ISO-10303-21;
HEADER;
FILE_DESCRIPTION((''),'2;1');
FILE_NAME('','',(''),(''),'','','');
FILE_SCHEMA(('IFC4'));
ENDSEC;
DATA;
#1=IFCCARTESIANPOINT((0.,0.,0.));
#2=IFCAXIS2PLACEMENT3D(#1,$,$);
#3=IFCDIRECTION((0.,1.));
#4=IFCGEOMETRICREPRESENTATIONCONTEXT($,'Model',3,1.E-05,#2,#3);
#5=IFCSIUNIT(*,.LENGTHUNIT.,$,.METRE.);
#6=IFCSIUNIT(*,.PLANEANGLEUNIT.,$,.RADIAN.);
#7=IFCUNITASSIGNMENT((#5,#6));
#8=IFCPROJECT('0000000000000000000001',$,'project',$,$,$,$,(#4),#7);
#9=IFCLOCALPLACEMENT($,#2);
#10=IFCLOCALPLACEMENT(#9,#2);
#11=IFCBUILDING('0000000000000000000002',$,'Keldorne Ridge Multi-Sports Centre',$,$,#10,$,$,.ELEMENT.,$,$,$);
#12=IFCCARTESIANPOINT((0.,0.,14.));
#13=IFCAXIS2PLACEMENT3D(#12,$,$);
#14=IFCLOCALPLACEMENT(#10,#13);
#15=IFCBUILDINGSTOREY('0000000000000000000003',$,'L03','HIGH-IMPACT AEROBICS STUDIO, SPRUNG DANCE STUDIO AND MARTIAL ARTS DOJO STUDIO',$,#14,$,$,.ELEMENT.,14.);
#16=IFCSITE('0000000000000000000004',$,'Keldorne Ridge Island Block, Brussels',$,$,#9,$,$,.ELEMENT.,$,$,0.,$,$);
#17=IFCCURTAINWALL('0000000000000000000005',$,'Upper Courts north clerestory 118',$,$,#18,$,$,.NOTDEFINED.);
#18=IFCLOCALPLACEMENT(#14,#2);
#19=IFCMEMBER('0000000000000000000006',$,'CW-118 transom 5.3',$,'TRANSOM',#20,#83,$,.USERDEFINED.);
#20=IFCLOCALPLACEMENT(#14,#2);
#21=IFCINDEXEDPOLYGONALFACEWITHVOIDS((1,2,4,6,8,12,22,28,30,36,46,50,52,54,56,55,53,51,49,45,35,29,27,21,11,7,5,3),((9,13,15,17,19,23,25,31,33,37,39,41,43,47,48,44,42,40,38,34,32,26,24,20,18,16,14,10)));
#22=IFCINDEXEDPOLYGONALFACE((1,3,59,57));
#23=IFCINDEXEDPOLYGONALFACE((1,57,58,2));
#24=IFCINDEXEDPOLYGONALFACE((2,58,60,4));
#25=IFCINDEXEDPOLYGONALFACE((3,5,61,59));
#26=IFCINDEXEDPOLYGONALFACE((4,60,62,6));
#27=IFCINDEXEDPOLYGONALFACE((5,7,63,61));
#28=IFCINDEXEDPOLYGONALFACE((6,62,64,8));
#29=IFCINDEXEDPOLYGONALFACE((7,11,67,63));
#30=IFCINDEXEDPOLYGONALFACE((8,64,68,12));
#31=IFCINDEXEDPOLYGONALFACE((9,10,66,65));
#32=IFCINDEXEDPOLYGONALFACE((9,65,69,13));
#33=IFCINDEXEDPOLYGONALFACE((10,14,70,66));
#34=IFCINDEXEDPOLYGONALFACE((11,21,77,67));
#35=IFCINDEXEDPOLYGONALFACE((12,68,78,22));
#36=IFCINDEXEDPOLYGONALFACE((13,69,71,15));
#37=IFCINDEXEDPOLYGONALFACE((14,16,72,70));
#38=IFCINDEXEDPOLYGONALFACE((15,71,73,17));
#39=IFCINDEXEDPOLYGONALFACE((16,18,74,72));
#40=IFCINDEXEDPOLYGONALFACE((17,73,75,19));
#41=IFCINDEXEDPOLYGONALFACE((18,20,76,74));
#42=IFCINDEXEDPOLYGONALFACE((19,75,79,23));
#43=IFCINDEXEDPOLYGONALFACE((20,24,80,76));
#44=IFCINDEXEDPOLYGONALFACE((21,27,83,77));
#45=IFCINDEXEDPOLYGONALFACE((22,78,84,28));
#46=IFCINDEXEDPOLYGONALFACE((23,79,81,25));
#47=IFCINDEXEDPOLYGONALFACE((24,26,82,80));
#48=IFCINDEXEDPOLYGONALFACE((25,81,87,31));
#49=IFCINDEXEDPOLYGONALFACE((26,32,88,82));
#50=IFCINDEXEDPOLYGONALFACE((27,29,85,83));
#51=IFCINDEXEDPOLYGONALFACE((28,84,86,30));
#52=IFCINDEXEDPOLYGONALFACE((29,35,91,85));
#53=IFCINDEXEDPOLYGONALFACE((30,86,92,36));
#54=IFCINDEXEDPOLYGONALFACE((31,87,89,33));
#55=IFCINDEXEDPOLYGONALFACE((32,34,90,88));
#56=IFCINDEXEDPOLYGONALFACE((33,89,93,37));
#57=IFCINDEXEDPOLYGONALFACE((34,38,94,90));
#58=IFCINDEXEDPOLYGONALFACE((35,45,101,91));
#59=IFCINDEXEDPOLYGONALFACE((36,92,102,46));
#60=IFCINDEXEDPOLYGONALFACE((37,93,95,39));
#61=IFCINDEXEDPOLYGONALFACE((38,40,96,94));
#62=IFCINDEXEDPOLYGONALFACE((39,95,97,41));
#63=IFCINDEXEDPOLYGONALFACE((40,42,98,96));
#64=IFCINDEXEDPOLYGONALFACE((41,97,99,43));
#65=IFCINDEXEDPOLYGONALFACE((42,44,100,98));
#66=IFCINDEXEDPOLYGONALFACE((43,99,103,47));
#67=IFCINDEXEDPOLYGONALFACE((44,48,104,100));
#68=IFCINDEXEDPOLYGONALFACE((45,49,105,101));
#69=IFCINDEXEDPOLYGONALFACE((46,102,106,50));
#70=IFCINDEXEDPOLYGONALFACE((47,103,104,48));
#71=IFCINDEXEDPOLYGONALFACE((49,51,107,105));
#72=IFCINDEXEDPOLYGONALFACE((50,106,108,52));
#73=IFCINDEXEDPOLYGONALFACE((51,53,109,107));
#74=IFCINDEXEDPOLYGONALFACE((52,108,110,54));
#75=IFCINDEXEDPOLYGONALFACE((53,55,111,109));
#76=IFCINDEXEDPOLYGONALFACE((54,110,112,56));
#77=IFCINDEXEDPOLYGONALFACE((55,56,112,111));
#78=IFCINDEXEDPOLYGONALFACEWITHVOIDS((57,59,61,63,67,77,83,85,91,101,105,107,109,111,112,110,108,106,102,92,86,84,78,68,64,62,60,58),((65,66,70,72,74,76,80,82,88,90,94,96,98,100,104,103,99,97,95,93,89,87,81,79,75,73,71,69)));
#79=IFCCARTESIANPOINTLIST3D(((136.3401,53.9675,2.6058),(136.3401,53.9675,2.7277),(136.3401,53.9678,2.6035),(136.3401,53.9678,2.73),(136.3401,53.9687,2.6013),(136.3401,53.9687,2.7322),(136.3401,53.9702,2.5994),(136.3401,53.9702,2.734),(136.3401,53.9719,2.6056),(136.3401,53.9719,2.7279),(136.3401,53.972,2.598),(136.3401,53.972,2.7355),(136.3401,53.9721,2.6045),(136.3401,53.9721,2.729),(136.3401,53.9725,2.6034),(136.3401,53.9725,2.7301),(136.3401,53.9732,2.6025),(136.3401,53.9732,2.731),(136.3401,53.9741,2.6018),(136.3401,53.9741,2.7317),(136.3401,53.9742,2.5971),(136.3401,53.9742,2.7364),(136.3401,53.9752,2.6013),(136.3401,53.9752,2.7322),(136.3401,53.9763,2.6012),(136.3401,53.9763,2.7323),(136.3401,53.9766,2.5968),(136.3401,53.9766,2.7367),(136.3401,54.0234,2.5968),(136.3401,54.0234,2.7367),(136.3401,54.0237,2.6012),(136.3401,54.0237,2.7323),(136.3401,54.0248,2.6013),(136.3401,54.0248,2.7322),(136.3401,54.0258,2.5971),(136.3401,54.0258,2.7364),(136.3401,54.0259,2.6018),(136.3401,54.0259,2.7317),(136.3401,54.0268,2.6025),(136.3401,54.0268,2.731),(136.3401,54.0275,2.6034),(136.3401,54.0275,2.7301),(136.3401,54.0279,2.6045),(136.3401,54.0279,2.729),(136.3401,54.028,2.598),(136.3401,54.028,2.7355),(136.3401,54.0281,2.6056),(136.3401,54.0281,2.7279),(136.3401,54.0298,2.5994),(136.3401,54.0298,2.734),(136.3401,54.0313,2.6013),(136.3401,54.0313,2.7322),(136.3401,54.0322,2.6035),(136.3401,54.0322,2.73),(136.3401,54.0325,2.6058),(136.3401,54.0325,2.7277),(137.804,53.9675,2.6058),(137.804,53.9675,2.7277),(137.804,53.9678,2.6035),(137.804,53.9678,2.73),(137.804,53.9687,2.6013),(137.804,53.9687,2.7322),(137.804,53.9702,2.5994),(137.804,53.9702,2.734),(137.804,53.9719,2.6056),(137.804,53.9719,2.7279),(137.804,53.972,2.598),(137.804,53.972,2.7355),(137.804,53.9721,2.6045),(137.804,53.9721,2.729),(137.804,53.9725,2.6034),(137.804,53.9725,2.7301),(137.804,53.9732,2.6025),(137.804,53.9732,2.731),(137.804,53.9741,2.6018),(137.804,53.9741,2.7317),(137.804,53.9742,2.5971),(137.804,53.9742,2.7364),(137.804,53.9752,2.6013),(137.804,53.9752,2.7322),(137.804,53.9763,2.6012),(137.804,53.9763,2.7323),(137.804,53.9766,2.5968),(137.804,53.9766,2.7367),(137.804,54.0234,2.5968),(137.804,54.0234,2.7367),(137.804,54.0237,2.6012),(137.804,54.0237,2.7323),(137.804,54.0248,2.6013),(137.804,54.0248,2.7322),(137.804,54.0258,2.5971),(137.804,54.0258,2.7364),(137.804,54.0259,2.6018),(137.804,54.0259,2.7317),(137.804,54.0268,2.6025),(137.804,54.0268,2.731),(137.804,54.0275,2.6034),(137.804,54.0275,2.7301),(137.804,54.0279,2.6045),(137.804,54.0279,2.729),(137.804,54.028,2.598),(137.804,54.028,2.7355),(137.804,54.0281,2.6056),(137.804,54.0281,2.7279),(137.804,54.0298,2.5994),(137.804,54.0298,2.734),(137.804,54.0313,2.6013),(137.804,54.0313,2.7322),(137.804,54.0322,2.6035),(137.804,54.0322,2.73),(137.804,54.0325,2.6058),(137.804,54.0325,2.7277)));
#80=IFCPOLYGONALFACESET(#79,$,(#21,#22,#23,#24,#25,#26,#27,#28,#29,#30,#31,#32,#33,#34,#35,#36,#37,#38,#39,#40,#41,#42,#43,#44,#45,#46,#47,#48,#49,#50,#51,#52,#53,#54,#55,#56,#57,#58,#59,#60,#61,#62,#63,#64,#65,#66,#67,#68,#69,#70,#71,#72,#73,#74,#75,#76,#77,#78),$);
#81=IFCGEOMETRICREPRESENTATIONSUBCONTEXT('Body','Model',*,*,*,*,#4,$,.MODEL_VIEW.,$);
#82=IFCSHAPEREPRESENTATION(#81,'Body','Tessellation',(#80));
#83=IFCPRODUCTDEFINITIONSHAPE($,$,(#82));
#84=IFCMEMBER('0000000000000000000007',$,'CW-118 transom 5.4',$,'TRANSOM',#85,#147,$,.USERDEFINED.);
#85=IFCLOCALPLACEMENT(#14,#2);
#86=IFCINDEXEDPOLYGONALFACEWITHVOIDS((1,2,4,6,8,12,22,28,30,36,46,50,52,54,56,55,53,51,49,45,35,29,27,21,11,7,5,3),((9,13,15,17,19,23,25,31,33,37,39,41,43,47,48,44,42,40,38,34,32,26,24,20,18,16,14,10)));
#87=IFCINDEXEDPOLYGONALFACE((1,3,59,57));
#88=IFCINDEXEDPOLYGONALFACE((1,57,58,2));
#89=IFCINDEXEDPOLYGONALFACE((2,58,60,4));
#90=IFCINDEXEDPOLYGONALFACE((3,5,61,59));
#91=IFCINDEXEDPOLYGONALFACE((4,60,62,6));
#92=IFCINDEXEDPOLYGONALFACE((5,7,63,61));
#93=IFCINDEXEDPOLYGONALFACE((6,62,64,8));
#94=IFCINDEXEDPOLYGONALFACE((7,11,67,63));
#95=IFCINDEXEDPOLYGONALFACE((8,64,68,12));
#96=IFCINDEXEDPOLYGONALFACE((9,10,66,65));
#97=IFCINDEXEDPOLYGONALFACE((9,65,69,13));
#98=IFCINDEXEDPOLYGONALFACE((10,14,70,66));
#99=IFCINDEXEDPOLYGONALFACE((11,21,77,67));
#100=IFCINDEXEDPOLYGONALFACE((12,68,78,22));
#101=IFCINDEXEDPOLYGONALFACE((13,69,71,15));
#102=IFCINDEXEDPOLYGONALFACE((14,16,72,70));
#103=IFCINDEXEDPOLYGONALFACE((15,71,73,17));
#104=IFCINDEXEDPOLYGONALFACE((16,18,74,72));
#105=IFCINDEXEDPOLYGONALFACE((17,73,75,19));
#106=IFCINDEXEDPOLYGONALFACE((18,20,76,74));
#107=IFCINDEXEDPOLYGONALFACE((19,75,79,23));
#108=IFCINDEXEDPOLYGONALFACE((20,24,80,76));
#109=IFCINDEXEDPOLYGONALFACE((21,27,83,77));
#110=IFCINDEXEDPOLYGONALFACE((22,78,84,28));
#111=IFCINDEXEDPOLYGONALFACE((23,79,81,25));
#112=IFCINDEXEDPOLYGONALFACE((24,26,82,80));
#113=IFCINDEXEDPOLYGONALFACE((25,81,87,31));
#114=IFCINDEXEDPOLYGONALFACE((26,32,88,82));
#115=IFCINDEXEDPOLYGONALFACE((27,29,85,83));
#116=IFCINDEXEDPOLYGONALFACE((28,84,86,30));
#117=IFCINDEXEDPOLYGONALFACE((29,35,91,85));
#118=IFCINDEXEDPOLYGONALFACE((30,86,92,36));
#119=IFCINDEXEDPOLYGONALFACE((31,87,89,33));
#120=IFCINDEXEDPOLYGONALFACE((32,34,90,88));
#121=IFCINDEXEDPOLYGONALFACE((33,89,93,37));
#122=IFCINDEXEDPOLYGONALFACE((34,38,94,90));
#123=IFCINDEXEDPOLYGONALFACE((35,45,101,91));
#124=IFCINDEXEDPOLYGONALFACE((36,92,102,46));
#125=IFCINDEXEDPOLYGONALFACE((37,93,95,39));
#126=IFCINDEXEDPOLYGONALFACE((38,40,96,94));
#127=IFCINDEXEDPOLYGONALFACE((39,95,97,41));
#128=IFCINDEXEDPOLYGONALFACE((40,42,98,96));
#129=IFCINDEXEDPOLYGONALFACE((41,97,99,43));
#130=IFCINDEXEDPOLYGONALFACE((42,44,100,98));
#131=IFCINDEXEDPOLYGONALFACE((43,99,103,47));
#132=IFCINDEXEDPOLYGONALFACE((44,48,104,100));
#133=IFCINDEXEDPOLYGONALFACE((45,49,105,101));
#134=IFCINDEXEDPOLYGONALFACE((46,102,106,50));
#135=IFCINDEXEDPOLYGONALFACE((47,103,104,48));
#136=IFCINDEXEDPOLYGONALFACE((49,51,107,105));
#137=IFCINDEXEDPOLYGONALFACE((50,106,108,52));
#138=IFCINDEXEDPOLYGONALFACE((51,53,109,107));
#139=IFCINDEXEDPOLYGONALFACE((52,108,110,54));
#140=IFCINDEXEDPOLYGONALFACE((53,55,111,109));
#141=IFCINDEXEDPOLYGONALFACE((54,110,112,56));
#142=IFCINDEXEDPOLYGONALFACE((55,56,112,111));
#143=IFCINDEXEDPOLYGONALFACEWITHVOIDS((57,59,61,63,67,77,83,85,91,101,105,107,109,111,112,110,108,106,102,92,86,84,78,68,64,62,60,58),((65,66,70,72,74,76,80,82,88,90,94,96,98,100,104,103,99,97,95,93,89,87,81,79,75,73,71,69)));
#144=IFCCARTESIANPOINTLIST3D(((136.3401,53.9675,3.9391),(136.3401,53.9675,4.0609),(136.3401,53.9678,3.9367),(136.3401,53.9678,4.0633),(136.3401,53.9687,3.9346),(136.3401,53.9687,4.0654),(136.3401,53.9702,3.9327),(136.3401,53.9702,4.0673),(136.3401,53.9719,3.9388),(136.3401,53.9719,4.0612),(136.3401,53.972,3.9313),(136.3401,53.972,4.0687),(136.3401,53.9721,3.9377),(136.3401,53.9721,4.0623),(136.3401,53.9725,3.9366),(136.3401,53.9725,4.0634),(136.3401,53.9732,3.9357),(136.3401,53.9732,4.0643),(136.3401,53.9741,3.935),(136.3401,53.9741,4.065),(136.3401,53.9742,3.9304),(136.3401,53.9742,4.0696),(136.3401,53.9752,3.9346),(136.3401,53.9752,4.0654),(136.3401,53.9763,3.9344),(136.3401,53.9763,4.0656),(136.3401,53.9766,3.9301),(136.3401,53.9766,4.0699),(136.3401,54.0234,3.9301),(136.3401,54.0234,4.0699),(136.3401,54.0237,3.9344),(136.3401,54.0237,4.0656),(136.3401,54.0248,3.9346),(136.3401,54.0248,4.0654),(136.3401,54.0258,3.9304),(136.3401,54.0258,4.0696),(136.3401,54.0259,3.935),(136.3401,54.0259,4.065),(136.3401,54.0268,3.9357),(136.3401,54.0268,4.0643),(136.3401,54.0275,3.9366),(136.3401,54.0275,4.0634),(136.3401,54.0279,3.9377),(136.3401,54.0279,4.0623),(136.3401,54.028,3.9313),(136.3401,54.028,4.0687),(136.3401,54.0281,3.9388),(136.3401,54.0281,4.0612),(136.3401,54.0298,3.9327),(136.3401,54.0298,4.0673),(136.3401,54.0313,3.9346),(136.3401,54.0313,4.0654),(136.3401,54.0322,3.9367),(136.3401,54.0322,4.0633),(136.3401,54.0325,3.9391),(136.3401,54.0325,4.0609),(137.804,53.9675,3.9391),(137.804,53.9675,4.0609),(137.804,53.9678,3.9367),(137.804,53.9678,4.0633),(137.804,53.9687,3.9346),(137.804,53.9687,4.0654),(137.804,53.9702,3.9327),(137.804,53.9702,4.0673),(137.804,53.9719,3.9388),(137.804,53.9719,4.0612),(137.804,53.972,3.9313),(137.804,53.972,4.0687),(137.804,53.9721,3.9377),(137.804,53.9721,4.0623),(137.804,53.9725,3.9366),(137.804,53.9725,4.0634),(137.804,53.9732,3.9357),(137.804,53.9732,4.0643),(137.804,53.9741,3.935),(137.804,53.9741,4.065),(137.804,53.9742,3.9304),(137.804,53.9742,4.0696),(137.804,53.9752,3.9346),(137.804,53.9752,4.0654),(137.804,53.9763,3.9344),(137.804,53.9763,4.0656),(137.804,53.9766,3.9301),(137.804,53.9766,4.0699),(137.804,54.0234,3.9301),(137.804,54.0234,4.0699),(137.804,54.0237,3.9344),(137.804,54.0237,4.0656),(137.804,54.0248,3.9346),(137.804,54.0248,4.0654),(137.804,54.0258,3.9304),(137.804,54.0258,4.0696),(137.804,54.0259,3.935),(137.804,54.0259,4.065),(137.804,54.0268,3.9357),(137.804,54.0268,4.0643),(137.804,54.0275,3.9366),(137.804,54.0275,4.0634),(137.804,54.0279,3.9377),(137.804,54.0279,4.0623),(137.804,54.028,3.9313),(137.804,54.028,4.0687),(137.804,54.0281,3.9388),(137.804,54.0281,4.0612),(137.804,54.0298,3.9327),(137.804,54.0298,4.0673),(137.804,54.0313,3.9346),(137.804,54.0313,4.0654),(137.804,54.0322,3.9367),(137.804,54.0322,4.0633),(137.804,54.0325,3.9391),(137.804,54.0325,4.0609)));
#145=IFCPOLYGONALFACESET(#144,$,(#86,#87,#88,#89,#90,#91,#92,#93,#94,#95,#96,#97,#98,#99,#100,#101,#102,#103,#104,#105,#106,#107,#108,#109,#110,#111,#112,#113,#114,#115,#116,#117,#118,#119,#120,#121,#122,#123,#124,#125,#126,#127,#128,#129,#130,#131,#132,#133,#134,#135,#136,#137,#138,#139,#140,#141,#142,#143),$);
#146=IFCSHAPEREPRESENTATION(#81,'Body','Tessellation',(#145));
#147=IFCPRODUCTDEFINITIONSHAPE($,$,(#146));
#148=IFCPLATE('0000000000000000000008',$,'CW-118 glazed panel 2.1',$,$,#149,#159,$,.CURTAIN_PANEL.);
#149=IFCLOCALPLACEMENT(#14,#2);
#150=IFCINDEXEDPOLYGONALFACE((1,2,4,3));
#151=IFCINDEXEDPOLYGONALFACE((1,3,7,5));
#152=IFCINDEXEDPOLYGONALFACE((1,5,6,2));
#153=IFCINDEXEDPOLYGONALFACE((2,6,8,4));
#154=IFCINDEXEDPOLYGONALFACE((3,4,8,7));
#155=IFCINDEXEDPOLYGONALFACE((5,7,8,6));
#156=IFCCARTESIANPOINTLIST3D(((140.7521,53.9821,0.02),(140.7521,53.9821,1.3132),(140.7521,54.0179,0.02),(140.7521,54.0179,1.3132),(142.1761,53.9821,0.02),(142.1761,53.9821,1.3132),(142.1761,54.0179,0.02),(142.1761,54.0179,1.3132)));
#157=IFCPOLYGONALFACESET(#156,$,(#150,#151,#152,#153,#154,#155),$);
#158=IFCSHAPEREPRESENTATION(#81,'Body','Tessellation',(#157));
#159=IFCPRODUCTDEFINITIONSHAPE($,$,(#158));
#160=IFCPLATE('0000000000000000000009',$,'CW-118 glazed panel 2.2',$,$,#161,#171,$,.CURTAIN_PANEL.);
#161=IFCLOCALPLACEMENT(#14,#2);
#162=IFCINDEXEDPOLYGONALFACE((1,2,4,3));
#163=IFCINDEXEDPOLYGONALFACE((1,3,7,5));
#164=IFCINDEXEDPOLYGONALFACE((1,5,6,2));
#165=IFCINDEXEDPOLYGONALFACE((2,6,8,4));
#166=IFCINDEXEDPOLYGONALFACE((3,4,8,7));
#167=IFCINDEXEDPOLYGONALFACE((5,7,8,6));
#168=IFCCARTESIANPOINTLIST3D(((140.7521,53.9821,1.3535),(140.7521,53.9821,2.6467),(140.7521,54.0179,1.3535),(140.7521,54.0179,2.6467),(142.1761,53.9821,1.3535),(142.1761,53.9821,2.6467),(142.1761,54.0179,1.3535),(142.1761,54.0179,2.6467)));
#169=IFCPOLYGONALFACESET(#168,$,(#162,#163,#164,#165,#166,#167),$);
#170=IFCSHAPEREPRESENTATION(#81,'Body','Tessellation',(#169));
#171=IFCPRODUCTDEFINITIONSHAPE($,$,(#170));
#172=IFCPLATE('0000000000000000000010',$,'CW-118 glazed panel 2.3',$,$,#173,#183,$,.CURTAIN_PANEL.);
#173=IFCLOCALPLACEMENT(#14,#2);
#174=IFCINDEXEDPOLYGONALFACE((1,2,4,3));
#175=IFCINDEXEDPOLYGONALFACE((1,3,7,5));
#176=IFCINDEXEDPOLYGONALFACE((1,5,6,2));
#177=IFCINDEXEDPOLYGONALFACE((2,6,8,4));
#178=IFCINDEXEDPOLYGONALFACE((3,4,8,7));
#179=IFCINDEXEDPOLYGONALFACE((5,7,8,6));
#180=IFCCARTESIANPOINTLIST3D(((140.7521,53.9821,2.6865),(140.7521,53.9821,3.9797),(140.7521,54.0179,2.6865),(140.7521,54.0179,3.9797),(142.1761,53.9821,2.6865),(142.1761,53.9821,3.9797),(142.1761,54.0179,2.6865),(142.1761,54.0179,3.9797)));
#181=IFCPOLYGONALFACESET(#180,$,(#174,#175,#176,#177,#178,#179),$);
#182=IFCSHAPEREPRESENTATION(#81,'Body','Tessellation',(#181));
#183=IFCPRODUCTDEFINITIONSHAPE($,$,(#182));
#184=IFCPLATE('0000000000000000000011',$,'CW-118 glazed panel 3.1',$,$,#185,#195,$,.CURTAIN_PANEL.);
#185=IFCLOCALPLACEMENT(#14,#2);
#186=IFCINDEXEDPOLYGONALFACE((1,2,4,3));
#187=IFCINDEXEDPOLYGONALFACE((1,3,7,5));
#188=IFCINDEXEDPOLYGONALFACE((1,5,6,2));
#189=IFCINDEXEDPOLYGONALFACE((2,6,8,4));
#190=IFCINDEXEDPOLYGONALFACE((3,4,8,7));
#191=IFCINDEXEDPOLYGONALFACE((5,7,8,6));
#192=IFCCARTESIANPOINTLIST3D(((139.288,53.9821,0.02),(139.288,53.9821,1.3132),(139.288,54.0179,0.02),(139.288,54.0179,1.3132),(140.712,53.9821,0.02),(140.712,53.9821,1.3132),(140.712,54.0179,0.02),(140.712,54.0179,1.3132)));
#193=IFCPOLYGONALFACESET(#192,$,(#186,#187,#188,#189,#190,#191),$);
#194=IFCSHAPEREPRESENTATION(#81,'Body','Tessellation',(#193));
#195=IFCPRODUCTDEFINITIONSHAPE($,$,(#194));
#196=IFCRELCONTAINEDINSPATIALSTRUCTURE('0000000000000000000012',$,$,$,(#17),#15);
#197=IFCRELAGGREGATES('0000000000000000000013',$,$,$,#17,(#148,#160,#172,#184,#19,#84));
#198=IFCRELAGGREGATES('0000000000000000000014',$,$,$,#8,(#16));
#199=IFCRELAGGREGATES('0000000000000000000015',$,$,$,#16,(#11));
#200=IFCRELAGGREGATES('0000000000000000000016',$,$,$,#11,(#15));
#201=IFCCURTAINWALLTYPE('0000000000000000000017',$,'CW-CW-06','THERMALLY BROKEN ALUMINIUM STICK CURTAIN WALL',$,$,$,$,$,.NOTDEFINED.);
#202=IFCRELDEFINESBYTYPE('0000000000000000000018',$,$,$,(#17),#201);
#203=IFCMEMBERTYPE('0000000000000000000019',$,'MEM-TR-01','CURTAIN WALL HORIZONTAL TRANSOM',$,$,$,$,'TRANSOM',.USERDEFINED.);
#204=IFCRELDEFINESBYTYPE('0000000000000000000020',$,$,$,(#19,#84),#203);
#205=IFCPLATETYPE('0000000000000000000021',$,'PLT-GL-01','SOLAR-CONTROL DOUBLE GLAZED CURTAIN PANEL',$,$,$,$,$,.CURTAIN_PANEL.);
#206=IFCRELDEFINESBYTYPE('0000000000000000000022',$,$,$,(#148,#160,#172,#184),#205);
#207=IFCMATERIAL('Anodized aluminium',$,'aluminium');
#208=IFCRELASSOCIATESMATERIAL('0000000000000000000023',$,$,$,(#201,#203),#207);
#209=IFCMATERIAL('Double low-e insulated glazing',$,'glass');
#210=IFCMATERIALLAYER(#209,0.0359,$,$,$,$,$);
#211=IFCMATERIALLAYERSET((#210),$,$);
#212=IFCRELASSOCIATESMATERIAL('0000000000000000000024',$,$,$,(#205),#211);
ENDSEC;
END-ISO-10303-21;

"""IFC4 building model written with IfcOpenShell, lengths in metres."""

from ifc_helpers import new_model, si_unit, direction, frame, origin, origin_2d, place, context, subcontext, project, spatial, rectangle, hollow_rectangle, extrude, material, layer, layer_set, material_profile, profile_set, type_object, element, aggregate, save


model = new_model("IFC4")

# Units and contexts
model_context = context("Model", 3, precision=1e-05, world=origin(), true_north=direction((0.0, 1.0)))
body_context = subcontext(model_context, "Body", "Model", "MODEL_VIEW")
ifc_project = project(units=[si_unit("LENGTHUNIT", "METRE"), si_unit("PLANEANGLEUNIT", "RADIAN")], contexts=[model_context])

# Site, building, storey
site_placement = place(None, origin())
site = spatial("IfcSite", under=ifc_project, at=site_placement, Name="Keldorne Ridge Island Block, Brussels", CompositionType="ELEMENT", RefElevation=0.0)
building_placement = place(site_placement, origin())
building = spatial("IfcBuilding", under=site, at=building_placement, Name="Keldorne Ridge Multi-Sports Centre", CompositionType="ELEMENT")
storey_placement = place(building_placement, frame((0.0, 0.0, 14.0)))
storey = spatial("IfcBuildingStorey", under=building, at=storey_placement, Name="L03", Description="HIGH-IMPACT AEROBICS STUDIO, SPRUNG DANCE STUDIO AND MARTIAL ARTS DOJO STUDIO", CompositionType="ELEMENT", Elevation=14.0)

# Curtain wall, members, plates
ifc_material_1 = material(Name="Anodized aluminium", Category="aluminium")
curtain_wall_type = type_object("IfcCurtainWallType", Name="CW-CW-06", Description="THERMALLY BROKEN ALUMINIUM STICK CURTAIN WALL", PredefinedType="NOTDEFINED", material=ifc_material_1)
curtain_wall_placement = place(storey_placement, origin())
curtain_wall = element("IfcCurtainWall", 1, at=curtain_wall_placement, inside=storey, type_object=curtain_wall_type, Name="Upper Courts north clerestory 118", PredefinedType="NOTDEFINED")
ifc_material_profile_1 = material_profile(ifc_material_1, hollow_rectangle(XDim=0.0649, YDim=0.1399, WallThickness=0.0044, InnerFilletRadius=0.0044, OuterFilletRadius=0.009, at=origin_2d()), Name="ALU TRANSOM 140x65x4.5")
ifc_profile_set_1 = profile_set([ifc_material_profile_1], Name="Anodized aluminium")
member_type_1 = type_object("IfcMemberType", Name="MEM-TR-01", Description="CURTAIN WALL HORIZONTAL TRANSOM", ElementType="TRANSOM", PredefinedType="USERDEFINED", material=ifc_profile_set_1)
member_1_placement = place(storey_placement, frame((137.804, 54.0, 2.6667), z_axis=(-1.0, 0.0, 0.0), x_axis=(0.0, -1.0, 0.0)))
member_1 = element("IfcMember", 2, at=member_1_placement, type_object=member_type_1, Name="CW-118 transom 5.3", ObjectType="TRANSOM", PredefinedType="USERDEFINED", context=body_context, shape_type="SweptSolid", body=[
    extrude(hollow_rectangle(XDim=0.0649, YDim=0.1399, WallThickness=0.0044, InnerFilletRadius=0.0044, OuterFilletRadius=0.009, at=origin_2d()), origin(), (0.0, 0.0, 1.0), 1.4639),
])
member_2_placement = place(storey_placement, frame((137.804, 54.0, 4.0), z_axis=(-1.0, 0.0, 0.0), x_axis=(0.0, -1.0, 0.0)))
member_2 = element("IfcMember", 3, at=member_2_placement, type_object=member_type_1, Name="CW-118 transom 5.4", ObjectType="TRANSOM", PredefinedType="USERDEFINED", context=body_context, shape_type="SweptSolid", body=[
    extrude(hollow_rectangle(XDim=0.0649, YDim=0.1399, WallThickness=0.0044, InnerFilletRadius=0.0044, OuterFilletRadius=0.009, at=origin_2d()), origin(), (0.0, 0.0, 1.0), 1.4639),
])
ifc_material_2 = material(Name="Double low-e insulated glazing", Category="glass")
ifc_layer = layer(ifc_material_2, 0.0359)
ifc_layer_set = layer_set([ifc_layer])
plate_type = type_object("IfcPlateType", Name="PLT-GL-01", Description="SOLAR-CONTROL DOUBLE GLAZED CURTAIN PANEL", PredefinedType="CURTAIN_PANEL", material=ifc_layer_set)
plate_1_placement = place(storey_placement, frame((141.4641, 54.0, 0.02), z_axis=(0.0, 0.0, 1.0), x_axis=(-1.0, 0.0, 0.0)))
plate_1 = element("IfcPlate", 4, at=plate_1_placement, type_object=plate_type, Name="CW-118 glazed panel 2.1", PredefinedType="CURTAIN_PANEL", context=body_context, shape_type="SweptSolid", body=[
    extrude(rectangle(XDim=1.4241, YDim=0.0359, at=origin_2d()), origin(), (0.0, 0.0, 1.0), 1.2932),
])
plate_2_placement = place(storey_placement, frame((141.4641, 54.0, 1.3535), z_axis=(0.0, 0.0, 1.0), x_axis=(-1.0, 0.0, 0.0)))
plate_2 = element("IfcPlate", 5, at=plate_2_placement, type_object=plate_type, Name="CW-118 glazed panel 2.2", PredefinedType="CURTAIN_PANEL", context=body_context, shape_type="SweptSolid", body=[
    extrude(rectangle(XDim=1.4241, YDim=0.0359, at=origin_2d()), origin(), (0.0, 0.0, 1.0), 1.2932),
])
plate_3_placement = place(storey_placement, frame((141.4641, 54.0, 2.6865), z_axis=(0.0, 0.0, 1.0), x_axis=(-1.0, 0.0, 0.0)))
plate_3 = element("IfcPlate", 6, at=plate_3_placement, type_object=plate_type, Name="CW-118 glazed panel 2.3", PredefinedType="CURTAIN_PANEL", context=body_context, shape_type="SweptSolid", body=[
    extrude(rectangle(XDim=1.4241, YDim=0.0359, at=origin_2d()), origin(), (0.0, 0.0, 1.0), 1.2932),
])
plate_4_placement = place(storey_placement, frame((140.0, 54.0, 0.02), z_axis=(0.0, 0.0, 1.0), x_axis=(-1.0, 0.0, 0.0)))
plate_4 = element("IfcPlate", 7, at=plate_4_placement, type_object=plate_type, Name="CW-118 glazed panel 3.1", PredefinedType="CURTAIN_PANEL", context=body_context, shape_type="SweptSolid", body=[
    extrude(rectangle(XDim=1.4241, YDim=0.0359, at=origin_2d()), origin(), (0.0, 0.0, 1.0), 1.2932),
])
aggregate(curtain_wall, [plate_1, plate_2, plate_3, plate_4, member_1, member_2])

save(model, "model.ifc")
